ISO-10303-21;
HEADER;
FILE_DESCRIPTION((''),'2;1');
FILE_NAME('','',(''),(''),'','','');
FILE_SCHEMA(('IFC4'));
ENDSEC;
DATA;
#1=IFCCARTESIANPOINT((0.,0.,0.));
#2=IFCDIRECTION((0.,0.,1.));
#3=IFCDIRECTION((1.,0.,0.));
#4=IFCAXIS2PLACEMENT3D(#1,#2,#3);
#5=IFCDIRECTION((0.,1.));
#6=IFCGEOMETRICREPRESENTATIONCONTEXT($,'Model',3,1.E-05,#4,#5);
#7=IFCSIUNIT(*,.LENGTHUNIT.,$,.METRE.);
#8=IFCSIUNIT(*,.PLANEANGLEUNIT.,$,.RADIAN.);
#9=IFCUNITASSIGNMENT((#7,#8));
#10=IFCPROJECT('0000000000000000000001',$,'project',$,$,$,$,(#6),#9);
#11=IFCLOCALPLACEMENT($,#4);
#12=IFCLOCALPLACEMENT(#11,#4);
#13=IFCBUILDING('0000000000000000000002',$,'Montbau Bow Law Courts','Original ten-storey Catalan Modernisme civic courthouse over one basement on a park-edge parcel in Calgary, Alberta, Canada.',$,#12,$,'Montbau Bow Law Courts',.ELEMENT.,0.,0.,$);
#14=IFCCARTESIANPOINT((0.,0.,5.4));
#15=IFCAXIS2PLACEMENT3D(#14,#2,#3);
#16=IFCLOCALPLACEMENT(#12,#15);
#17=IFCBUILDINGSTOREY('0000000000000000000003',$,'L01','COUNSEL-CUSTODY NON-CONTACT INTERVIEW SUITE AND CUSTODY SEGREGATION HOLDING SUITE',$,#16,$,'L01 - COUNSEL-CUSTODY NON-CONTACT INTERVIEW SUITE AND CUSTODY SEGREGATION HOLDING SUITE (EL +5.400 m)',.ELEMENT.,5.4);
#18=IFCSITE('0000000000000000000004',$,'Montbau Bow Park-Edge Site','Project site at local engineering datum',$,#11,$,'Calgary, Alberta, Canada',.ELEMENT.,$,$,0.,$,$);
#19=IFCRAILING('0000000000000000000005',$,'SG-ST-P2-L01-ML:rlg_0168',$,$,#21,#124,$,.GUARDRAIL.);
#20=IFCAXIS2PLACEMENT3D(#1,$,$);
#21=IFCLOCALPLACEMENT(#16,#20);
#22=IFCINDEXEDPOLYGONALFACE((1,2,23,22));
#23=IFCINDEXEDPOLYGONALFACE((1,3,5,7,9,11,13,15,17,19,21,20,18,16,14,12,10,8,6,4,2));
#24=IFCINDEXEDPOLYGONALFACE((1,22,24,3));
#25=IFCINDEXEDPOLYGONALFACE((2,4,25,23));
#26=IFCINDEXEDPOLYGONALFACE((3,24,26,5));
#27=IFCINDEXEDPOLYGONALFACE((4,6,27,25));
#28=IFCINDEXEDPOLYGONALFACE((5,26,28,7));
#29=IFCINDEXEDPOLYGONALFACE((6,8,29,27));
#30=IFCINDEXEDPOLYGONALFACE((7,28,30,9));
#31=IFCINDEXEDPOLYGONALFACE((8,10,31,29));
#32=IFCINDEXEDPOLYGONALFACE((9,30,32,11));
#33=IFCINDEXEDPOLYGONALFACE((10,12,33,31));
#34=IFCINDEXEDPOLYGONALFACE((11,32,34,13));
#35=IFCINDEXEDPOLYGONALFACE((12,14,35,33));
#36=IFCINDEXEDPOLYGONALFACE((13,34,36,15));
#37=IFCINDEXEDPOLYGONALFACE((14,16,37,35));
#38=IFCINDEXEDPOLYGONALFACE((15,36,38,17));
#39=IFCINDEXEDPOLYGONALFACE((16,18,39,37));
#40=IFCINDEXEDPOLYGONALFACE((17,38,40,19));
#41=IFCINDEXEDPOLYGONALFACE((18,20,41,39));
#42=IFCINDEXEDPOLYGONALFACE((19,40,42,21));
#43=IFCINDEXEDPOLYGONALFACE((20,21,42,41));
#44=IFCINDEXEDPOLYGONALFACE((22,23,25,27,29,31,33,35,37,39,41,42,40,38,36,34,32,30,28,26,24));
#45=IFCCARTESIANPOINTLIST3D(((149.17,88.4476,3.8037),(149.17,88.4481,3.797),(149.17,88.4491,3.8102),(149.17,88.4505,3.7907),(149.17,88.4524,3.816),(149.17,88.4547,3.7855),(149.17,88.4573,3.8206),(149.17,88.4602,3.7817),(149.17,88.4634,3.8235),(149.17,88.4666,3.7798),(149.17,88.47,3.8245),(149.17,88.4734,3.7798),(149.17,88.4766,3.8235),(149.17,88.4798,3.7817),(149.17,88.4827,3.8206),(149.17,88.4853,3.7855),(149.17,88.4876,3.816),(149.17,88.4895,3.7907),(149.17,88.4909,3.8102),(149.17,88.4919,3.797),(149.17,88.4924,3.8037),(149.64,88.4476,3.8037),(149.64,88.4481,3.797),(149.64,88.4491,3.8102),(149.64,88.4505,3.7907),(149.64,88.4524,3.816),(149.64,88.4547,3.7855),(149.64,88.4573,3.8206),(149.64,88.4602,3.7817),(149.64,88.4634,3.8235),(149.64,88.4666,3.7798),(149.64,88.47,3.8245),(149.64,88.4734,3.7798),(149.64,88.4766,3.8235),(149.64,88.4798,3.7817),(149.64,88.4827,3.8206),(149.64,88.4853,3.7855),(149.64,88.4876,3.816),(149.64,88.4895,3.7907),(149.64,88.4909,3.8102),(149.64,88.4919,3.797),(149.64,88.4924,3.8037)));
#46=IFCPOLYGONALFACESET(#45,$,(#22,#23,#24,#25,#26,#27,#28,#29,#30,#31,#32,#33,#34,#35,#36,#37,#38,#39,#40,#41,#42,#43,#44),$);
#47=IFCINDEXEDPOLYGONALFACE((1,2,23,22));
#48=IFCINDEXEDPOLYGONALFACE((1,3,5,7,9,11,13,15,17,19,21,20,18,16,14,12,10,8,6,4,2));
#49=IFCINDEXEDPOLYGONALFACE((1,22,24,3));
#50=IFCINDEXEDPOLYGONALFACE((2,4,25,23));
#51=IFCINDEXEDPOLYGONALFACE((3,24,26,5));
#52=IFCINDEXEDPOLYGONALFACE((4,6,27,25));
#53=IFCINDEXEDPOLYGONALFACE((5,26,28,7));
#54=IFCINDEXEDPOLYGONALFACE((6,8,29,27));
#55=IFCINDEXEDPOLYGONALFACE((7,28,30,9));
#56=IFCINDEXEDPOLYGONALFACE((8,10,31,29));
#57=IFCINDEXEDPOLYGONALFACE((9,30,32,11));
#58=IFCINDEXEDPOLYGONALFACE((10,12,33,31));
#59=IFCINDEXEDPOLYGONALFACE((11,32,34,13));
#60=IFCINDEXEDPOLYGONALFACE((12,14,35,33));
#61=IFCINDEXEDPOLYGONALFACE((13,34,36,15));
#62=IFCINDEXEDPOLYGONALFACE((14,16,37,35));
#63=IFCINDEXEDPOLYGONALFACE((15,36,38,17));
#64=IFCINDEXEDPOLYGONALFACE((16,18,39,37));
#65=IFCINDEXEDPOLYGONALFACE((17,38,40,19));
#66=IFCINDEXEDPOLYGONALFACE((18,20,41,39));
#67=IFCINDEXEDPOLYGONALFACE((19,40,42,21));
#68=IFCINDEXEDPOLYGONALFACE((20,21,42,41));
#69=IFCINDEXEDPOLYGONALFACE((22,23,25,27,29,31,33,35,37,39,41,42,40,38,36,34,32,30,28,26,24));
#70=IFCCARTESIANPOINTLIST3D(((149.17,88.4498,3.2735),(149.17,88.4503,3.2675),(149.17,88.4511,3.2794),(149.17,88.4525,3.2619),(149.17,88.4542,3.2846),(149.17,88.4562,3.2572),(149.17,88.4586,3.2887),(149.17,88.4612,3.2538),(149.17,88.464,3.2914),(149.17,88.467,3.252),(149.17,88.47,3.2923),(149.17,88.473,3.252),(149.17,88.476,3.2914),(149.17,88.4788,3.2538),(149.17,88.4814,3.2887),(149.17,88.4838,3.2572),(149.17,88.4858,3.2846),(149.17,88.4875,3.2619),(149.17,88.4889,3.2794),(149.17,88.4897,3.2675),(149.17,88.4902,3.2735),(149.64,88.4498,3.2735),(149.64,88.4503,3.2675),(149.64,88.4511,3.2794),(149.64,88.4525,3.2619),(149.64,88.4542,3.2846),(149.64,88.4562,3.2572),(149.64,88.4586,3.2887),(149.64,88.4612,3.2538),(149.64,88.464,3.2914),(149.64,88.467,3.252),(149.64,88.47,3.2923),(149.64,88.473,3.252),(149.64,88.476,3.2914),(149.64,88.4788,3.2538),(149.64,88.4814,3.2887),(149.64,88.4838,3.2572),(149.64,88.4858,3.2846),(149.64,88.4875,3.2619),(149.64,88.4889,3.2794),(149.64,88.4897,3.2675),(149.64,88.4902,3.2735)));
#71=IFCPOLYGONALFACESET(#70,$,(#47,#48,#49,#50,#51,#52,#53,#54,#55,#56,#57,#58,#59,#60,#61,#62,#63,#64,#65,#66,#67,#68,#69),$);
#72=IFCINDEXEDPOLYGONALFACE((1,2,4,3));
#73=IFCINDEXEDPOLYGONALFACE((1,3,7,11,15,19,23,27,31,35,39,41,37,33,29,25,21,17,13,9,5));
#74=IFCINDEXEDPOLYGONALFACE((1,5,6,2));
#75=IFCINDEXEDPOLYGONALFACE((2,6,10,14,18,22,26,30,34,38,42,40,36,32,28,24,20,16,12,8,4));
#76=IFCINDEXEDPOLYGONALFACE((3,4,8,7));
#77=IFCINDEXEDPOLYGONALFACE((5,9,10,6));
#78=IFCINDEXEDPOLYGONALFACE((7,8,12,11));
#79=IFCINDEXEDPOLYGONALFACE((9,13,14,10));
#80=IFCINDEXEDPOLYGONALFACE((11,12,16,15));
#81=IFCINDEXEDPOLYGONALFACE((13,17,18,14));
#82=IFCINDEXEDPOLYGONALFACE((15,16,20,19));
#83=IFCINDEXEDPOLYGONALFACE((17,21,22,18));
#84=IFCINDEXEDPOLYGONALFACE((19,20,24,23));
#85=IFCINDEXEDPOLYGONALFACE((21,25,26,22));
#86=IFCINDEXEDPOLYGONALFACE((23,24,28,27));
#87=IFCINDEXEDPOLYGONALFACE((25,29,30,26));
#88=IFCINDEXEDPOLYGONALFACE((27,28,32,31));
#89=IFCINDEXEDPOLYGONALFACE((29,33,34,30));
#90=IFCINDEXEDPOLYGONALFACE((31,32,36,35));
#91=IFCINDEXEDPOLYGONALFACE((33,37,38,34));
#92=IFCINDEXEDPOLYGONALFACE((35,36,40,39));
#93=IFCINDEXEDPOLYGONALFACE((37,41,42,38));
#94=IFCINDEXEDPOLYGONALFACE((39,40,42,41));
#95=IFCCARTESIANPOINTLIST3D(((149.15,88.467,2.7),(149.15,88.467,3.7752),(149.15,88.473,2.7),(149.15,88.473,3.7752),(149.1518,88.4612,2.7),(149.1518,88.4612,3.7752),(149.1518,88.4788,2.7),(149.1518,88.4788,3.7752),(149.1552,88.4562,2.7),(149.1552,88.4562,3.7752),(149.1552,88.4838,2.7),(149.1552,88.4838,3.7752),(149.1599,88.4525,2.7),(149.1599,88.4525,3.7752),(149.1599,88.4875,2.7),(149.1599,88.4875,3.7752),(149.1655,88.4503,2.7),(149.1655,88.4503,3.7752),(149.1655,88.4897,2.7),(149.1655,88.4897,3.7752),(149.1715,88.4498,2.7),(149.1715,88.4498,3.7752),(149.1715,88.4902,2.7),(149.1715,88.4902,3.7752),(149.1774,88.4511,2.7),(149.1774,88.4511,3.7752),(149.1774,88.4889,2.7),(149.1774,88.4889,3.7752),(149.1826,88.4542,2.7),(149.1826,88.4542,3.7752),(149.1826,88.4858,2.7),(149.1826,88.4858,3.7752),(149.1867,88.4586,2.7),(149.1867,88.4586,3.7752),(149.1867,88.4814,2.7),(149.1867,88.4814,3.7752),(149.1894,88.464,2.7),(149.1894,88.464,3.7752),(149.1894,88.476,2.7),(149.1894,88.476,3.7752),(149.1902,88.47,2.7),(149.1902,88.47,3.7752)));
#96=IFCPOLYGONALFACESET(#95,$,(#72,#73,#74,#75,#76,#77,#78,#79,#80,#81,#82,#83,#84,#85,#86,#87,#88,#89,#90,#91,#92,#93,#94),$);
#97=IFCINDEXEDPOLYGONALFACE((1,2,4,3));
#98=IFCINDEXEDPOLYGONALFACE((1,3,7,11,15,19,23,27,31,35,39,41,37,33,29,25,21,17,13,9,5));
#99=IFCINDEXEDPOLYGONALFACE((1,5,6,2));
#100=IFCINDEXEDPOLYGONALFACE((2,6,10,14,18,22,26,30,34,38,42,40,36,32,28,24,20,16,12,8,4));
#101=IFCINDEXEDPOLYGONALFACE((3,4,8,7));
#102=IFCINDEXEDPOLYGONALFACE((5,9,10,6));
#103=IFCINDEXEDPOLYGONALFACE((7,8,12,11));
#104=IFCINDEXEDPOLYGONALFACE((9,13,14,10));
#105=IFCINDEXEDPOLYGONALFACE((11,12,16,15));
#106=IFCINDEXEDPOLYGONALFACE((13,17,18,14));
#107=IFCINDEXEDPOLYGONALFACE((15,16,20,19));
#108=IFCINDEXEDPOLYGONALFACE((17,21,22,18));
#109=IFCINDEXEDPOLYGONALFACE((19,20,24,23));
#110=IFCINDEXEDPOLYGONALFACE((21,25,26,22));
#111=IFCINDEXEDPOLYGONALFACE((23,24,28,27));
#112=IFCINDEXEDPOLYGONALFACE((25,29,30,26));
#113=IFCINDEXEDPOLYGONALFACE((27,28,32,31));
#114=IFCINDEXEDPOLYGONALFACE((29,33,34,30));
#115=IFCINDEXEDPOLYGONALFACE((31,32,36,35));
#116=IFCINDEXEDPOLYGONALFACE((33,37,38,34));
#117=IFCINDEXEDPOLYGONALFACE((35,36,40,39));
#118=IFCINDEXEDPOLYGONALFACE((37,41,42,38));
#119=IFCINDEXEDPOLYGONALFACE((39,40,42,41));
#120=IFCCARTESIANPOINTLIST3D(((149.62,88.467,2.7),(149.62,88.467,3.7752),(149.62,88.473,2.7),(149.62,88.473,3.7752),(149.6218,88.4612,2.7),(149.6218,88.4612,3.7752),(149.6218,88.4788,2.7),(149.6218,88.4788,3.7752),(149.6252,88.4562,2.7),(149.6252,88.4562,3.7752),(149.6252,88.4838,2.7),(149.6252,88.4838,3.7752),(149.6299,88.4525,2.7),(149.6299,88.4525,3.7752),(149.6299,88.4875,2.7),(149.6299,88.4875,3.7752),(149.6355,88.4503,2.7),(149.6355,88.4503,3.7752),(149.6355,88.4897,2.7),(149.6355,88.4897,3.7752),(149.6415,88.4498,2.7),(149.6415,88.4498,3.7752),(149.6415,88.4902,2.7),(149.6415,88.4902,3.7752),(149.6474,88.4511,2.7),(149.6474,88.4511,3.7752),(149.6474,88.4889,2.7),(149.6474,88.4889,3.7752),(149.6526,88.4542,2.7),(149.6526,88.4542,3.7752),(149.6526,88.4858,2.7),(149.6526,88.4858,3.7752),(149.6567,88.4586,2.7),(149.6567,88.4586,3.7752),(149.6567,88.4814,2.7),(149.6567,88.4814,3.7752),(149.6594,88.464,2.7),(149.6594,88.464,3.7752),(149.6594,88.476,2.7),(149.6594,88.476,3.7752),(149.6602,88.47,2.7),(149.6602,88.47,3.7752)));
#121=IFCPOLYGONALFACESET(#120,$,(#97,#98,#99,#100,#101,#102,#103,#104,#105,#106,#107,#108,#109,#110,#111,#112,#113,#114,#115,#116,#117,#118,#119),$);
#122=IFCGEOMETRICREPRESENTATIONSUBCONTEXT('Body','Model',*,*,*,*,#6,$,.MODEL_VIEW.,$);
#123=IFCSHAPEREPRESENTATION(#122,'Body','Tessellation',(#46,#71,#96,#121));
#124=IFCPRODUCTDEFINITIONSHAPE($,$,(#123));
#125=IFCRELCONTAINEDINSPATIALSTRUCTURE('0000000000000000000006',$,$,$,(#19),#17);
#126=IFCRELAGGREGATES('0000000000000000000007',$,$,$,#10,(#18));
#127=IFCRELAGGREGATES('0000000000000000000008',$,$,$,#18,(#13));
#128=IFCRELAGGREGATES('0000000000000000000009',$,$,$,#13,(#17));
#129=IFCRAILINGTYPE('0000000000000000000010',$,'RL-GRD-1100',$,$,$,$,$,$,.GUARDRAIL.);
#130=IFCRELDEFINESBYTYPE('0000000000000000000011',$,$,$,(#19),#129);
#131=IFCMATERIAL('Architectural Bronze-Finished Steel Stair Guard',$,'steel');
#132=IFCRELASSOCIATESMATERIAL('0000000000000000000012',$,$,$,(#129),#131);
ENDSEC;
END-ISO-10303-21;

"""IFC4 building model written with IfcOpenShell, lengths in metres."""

from ifc_helpers import new_model, si_unit, direction, frame, origin_with_axes, origin_2d_with_axis, place, context, subcontext, project, spatial, circle, extrude, material, type_object, element, save


model = new_model("IFC4")

# Units and contexts
model_context = context("Model", 3, precision=1e-05, world=origin_with_axes(), true_north=direction((0.0, 1.0)))
body_context = subcontext(model_context, "Body", "Model", "MODEL_VIEW")
ifc_project = project(units=[si_unit("LENGTHUNIT", "METRE"), si_unit("PLANEANGLEUNIT", "RADIAN")], contexts=[model_context])

# Site, building, storey
site_placement = place(None, origin_with_axes())
site = spatial("IfcSite", under=ifc_project, at=site_placement, Name="Montbau Bow Park-Edge Site", Description="Project site at local engineering datum", LongName="Calgary, Alberta, Canada", CompositionType="ELEMENT", RefElevation=0.0)
building_placement = place(site_placement, origin_with_axes())
building = spatial("IfcBuilding", under=site, at=building_placement, Name="Montbau Bow Law Courts", Description="Original ten-storey Catalan Modernisme civic courthouse over one basement on a park-edge parcel in Calgary, Alberta, Canada.", LongName="Montbau Bow Law Courts", CompositionType="ELEMENT", ElevationOfRefHeight=0.0, ElevationOfTerrain=0.0)
storey_placement = place(building_placement, frame((0.0, 0.0, 5.4), z_axis=(0.0, 0.0, 1.0), x_axis=(1.0, 0.0, 0.0)))
storey = spatial("IfcBuildingStorey", under=building, at=storey_placement, Name="L01", Description="COUNSEL-CUSTODY NON-CONTACT INTERVIEW SUITE AND CUSTODY SEGREGATION HOLDING SUITE", LongName="L01 - COUNSEL-CUSTODY NON-CONTACT INTERVIEW SUITE AND CUSTODY SEGREGATION HOLDING SUITE (EL +5.400 m)", CompositionType="ELEMENT", Elevation=5.4)

# Railing
ifc_material_1 = material(Name="Architectural Bronze-Finished Steel Stair Guard", Category="steel")
railing_type_1 = type_object("IfcRailingType", Name="RL-GRD-1100", PredefinedType="GUARDRAIL", material=ifc_material_1)
railing_1_placement = place(None, origin_with_axes())
element("IfcRailing", 1, at=railing_1_placement, inside=storey, type_object=railing_type_1, Name="SG-ST-P2-L01-ML:rlg_0168", PredefinedType="GUARDRAIL", context=body_context, shape_type="SweptSolid", body=[
    extrude(circle(Radius=0.0225, at=origin_2d_with_axis()), frame((149.17, 88.47, 9.202), z_axis=(1.0, 0.0, 0.0), x_axis=(0.0, 0.0, 1.0)), (0.0, 0.0, 1.0), 0.47),
    extrude(circle(Radius=0.0203, at=origin_2d_with_axis()), frame((149.17, 88.47, 8.672), z_axis=(1.0, 0.0, 0.0), x_axis=(0.0, 0.0, 1.0)), (0.0, 0.0, 1.0), 0.47),
    extrude(circle(Radius=0.0203, at=origin_2d_with_axis()), frame((149.17, 88.47, 8.1), z_axis=(0.0, 0.0, 1.0), x_axis=(1.0, 0.0, 0.0)), (0.0, 0.0, 1.0), 1.0753),
    extrude(circle(Radius=0.0203, at=origin_2d_with_axis()), frame((149.64, 88.47, 8.1), z_axis=(0.0, 0.0, 1.0), x_axis=(1.0, 0.0, 0.0)), (0.0, 0.0, 1.0), 1.0753),
])

save(model, "model.ifc")
